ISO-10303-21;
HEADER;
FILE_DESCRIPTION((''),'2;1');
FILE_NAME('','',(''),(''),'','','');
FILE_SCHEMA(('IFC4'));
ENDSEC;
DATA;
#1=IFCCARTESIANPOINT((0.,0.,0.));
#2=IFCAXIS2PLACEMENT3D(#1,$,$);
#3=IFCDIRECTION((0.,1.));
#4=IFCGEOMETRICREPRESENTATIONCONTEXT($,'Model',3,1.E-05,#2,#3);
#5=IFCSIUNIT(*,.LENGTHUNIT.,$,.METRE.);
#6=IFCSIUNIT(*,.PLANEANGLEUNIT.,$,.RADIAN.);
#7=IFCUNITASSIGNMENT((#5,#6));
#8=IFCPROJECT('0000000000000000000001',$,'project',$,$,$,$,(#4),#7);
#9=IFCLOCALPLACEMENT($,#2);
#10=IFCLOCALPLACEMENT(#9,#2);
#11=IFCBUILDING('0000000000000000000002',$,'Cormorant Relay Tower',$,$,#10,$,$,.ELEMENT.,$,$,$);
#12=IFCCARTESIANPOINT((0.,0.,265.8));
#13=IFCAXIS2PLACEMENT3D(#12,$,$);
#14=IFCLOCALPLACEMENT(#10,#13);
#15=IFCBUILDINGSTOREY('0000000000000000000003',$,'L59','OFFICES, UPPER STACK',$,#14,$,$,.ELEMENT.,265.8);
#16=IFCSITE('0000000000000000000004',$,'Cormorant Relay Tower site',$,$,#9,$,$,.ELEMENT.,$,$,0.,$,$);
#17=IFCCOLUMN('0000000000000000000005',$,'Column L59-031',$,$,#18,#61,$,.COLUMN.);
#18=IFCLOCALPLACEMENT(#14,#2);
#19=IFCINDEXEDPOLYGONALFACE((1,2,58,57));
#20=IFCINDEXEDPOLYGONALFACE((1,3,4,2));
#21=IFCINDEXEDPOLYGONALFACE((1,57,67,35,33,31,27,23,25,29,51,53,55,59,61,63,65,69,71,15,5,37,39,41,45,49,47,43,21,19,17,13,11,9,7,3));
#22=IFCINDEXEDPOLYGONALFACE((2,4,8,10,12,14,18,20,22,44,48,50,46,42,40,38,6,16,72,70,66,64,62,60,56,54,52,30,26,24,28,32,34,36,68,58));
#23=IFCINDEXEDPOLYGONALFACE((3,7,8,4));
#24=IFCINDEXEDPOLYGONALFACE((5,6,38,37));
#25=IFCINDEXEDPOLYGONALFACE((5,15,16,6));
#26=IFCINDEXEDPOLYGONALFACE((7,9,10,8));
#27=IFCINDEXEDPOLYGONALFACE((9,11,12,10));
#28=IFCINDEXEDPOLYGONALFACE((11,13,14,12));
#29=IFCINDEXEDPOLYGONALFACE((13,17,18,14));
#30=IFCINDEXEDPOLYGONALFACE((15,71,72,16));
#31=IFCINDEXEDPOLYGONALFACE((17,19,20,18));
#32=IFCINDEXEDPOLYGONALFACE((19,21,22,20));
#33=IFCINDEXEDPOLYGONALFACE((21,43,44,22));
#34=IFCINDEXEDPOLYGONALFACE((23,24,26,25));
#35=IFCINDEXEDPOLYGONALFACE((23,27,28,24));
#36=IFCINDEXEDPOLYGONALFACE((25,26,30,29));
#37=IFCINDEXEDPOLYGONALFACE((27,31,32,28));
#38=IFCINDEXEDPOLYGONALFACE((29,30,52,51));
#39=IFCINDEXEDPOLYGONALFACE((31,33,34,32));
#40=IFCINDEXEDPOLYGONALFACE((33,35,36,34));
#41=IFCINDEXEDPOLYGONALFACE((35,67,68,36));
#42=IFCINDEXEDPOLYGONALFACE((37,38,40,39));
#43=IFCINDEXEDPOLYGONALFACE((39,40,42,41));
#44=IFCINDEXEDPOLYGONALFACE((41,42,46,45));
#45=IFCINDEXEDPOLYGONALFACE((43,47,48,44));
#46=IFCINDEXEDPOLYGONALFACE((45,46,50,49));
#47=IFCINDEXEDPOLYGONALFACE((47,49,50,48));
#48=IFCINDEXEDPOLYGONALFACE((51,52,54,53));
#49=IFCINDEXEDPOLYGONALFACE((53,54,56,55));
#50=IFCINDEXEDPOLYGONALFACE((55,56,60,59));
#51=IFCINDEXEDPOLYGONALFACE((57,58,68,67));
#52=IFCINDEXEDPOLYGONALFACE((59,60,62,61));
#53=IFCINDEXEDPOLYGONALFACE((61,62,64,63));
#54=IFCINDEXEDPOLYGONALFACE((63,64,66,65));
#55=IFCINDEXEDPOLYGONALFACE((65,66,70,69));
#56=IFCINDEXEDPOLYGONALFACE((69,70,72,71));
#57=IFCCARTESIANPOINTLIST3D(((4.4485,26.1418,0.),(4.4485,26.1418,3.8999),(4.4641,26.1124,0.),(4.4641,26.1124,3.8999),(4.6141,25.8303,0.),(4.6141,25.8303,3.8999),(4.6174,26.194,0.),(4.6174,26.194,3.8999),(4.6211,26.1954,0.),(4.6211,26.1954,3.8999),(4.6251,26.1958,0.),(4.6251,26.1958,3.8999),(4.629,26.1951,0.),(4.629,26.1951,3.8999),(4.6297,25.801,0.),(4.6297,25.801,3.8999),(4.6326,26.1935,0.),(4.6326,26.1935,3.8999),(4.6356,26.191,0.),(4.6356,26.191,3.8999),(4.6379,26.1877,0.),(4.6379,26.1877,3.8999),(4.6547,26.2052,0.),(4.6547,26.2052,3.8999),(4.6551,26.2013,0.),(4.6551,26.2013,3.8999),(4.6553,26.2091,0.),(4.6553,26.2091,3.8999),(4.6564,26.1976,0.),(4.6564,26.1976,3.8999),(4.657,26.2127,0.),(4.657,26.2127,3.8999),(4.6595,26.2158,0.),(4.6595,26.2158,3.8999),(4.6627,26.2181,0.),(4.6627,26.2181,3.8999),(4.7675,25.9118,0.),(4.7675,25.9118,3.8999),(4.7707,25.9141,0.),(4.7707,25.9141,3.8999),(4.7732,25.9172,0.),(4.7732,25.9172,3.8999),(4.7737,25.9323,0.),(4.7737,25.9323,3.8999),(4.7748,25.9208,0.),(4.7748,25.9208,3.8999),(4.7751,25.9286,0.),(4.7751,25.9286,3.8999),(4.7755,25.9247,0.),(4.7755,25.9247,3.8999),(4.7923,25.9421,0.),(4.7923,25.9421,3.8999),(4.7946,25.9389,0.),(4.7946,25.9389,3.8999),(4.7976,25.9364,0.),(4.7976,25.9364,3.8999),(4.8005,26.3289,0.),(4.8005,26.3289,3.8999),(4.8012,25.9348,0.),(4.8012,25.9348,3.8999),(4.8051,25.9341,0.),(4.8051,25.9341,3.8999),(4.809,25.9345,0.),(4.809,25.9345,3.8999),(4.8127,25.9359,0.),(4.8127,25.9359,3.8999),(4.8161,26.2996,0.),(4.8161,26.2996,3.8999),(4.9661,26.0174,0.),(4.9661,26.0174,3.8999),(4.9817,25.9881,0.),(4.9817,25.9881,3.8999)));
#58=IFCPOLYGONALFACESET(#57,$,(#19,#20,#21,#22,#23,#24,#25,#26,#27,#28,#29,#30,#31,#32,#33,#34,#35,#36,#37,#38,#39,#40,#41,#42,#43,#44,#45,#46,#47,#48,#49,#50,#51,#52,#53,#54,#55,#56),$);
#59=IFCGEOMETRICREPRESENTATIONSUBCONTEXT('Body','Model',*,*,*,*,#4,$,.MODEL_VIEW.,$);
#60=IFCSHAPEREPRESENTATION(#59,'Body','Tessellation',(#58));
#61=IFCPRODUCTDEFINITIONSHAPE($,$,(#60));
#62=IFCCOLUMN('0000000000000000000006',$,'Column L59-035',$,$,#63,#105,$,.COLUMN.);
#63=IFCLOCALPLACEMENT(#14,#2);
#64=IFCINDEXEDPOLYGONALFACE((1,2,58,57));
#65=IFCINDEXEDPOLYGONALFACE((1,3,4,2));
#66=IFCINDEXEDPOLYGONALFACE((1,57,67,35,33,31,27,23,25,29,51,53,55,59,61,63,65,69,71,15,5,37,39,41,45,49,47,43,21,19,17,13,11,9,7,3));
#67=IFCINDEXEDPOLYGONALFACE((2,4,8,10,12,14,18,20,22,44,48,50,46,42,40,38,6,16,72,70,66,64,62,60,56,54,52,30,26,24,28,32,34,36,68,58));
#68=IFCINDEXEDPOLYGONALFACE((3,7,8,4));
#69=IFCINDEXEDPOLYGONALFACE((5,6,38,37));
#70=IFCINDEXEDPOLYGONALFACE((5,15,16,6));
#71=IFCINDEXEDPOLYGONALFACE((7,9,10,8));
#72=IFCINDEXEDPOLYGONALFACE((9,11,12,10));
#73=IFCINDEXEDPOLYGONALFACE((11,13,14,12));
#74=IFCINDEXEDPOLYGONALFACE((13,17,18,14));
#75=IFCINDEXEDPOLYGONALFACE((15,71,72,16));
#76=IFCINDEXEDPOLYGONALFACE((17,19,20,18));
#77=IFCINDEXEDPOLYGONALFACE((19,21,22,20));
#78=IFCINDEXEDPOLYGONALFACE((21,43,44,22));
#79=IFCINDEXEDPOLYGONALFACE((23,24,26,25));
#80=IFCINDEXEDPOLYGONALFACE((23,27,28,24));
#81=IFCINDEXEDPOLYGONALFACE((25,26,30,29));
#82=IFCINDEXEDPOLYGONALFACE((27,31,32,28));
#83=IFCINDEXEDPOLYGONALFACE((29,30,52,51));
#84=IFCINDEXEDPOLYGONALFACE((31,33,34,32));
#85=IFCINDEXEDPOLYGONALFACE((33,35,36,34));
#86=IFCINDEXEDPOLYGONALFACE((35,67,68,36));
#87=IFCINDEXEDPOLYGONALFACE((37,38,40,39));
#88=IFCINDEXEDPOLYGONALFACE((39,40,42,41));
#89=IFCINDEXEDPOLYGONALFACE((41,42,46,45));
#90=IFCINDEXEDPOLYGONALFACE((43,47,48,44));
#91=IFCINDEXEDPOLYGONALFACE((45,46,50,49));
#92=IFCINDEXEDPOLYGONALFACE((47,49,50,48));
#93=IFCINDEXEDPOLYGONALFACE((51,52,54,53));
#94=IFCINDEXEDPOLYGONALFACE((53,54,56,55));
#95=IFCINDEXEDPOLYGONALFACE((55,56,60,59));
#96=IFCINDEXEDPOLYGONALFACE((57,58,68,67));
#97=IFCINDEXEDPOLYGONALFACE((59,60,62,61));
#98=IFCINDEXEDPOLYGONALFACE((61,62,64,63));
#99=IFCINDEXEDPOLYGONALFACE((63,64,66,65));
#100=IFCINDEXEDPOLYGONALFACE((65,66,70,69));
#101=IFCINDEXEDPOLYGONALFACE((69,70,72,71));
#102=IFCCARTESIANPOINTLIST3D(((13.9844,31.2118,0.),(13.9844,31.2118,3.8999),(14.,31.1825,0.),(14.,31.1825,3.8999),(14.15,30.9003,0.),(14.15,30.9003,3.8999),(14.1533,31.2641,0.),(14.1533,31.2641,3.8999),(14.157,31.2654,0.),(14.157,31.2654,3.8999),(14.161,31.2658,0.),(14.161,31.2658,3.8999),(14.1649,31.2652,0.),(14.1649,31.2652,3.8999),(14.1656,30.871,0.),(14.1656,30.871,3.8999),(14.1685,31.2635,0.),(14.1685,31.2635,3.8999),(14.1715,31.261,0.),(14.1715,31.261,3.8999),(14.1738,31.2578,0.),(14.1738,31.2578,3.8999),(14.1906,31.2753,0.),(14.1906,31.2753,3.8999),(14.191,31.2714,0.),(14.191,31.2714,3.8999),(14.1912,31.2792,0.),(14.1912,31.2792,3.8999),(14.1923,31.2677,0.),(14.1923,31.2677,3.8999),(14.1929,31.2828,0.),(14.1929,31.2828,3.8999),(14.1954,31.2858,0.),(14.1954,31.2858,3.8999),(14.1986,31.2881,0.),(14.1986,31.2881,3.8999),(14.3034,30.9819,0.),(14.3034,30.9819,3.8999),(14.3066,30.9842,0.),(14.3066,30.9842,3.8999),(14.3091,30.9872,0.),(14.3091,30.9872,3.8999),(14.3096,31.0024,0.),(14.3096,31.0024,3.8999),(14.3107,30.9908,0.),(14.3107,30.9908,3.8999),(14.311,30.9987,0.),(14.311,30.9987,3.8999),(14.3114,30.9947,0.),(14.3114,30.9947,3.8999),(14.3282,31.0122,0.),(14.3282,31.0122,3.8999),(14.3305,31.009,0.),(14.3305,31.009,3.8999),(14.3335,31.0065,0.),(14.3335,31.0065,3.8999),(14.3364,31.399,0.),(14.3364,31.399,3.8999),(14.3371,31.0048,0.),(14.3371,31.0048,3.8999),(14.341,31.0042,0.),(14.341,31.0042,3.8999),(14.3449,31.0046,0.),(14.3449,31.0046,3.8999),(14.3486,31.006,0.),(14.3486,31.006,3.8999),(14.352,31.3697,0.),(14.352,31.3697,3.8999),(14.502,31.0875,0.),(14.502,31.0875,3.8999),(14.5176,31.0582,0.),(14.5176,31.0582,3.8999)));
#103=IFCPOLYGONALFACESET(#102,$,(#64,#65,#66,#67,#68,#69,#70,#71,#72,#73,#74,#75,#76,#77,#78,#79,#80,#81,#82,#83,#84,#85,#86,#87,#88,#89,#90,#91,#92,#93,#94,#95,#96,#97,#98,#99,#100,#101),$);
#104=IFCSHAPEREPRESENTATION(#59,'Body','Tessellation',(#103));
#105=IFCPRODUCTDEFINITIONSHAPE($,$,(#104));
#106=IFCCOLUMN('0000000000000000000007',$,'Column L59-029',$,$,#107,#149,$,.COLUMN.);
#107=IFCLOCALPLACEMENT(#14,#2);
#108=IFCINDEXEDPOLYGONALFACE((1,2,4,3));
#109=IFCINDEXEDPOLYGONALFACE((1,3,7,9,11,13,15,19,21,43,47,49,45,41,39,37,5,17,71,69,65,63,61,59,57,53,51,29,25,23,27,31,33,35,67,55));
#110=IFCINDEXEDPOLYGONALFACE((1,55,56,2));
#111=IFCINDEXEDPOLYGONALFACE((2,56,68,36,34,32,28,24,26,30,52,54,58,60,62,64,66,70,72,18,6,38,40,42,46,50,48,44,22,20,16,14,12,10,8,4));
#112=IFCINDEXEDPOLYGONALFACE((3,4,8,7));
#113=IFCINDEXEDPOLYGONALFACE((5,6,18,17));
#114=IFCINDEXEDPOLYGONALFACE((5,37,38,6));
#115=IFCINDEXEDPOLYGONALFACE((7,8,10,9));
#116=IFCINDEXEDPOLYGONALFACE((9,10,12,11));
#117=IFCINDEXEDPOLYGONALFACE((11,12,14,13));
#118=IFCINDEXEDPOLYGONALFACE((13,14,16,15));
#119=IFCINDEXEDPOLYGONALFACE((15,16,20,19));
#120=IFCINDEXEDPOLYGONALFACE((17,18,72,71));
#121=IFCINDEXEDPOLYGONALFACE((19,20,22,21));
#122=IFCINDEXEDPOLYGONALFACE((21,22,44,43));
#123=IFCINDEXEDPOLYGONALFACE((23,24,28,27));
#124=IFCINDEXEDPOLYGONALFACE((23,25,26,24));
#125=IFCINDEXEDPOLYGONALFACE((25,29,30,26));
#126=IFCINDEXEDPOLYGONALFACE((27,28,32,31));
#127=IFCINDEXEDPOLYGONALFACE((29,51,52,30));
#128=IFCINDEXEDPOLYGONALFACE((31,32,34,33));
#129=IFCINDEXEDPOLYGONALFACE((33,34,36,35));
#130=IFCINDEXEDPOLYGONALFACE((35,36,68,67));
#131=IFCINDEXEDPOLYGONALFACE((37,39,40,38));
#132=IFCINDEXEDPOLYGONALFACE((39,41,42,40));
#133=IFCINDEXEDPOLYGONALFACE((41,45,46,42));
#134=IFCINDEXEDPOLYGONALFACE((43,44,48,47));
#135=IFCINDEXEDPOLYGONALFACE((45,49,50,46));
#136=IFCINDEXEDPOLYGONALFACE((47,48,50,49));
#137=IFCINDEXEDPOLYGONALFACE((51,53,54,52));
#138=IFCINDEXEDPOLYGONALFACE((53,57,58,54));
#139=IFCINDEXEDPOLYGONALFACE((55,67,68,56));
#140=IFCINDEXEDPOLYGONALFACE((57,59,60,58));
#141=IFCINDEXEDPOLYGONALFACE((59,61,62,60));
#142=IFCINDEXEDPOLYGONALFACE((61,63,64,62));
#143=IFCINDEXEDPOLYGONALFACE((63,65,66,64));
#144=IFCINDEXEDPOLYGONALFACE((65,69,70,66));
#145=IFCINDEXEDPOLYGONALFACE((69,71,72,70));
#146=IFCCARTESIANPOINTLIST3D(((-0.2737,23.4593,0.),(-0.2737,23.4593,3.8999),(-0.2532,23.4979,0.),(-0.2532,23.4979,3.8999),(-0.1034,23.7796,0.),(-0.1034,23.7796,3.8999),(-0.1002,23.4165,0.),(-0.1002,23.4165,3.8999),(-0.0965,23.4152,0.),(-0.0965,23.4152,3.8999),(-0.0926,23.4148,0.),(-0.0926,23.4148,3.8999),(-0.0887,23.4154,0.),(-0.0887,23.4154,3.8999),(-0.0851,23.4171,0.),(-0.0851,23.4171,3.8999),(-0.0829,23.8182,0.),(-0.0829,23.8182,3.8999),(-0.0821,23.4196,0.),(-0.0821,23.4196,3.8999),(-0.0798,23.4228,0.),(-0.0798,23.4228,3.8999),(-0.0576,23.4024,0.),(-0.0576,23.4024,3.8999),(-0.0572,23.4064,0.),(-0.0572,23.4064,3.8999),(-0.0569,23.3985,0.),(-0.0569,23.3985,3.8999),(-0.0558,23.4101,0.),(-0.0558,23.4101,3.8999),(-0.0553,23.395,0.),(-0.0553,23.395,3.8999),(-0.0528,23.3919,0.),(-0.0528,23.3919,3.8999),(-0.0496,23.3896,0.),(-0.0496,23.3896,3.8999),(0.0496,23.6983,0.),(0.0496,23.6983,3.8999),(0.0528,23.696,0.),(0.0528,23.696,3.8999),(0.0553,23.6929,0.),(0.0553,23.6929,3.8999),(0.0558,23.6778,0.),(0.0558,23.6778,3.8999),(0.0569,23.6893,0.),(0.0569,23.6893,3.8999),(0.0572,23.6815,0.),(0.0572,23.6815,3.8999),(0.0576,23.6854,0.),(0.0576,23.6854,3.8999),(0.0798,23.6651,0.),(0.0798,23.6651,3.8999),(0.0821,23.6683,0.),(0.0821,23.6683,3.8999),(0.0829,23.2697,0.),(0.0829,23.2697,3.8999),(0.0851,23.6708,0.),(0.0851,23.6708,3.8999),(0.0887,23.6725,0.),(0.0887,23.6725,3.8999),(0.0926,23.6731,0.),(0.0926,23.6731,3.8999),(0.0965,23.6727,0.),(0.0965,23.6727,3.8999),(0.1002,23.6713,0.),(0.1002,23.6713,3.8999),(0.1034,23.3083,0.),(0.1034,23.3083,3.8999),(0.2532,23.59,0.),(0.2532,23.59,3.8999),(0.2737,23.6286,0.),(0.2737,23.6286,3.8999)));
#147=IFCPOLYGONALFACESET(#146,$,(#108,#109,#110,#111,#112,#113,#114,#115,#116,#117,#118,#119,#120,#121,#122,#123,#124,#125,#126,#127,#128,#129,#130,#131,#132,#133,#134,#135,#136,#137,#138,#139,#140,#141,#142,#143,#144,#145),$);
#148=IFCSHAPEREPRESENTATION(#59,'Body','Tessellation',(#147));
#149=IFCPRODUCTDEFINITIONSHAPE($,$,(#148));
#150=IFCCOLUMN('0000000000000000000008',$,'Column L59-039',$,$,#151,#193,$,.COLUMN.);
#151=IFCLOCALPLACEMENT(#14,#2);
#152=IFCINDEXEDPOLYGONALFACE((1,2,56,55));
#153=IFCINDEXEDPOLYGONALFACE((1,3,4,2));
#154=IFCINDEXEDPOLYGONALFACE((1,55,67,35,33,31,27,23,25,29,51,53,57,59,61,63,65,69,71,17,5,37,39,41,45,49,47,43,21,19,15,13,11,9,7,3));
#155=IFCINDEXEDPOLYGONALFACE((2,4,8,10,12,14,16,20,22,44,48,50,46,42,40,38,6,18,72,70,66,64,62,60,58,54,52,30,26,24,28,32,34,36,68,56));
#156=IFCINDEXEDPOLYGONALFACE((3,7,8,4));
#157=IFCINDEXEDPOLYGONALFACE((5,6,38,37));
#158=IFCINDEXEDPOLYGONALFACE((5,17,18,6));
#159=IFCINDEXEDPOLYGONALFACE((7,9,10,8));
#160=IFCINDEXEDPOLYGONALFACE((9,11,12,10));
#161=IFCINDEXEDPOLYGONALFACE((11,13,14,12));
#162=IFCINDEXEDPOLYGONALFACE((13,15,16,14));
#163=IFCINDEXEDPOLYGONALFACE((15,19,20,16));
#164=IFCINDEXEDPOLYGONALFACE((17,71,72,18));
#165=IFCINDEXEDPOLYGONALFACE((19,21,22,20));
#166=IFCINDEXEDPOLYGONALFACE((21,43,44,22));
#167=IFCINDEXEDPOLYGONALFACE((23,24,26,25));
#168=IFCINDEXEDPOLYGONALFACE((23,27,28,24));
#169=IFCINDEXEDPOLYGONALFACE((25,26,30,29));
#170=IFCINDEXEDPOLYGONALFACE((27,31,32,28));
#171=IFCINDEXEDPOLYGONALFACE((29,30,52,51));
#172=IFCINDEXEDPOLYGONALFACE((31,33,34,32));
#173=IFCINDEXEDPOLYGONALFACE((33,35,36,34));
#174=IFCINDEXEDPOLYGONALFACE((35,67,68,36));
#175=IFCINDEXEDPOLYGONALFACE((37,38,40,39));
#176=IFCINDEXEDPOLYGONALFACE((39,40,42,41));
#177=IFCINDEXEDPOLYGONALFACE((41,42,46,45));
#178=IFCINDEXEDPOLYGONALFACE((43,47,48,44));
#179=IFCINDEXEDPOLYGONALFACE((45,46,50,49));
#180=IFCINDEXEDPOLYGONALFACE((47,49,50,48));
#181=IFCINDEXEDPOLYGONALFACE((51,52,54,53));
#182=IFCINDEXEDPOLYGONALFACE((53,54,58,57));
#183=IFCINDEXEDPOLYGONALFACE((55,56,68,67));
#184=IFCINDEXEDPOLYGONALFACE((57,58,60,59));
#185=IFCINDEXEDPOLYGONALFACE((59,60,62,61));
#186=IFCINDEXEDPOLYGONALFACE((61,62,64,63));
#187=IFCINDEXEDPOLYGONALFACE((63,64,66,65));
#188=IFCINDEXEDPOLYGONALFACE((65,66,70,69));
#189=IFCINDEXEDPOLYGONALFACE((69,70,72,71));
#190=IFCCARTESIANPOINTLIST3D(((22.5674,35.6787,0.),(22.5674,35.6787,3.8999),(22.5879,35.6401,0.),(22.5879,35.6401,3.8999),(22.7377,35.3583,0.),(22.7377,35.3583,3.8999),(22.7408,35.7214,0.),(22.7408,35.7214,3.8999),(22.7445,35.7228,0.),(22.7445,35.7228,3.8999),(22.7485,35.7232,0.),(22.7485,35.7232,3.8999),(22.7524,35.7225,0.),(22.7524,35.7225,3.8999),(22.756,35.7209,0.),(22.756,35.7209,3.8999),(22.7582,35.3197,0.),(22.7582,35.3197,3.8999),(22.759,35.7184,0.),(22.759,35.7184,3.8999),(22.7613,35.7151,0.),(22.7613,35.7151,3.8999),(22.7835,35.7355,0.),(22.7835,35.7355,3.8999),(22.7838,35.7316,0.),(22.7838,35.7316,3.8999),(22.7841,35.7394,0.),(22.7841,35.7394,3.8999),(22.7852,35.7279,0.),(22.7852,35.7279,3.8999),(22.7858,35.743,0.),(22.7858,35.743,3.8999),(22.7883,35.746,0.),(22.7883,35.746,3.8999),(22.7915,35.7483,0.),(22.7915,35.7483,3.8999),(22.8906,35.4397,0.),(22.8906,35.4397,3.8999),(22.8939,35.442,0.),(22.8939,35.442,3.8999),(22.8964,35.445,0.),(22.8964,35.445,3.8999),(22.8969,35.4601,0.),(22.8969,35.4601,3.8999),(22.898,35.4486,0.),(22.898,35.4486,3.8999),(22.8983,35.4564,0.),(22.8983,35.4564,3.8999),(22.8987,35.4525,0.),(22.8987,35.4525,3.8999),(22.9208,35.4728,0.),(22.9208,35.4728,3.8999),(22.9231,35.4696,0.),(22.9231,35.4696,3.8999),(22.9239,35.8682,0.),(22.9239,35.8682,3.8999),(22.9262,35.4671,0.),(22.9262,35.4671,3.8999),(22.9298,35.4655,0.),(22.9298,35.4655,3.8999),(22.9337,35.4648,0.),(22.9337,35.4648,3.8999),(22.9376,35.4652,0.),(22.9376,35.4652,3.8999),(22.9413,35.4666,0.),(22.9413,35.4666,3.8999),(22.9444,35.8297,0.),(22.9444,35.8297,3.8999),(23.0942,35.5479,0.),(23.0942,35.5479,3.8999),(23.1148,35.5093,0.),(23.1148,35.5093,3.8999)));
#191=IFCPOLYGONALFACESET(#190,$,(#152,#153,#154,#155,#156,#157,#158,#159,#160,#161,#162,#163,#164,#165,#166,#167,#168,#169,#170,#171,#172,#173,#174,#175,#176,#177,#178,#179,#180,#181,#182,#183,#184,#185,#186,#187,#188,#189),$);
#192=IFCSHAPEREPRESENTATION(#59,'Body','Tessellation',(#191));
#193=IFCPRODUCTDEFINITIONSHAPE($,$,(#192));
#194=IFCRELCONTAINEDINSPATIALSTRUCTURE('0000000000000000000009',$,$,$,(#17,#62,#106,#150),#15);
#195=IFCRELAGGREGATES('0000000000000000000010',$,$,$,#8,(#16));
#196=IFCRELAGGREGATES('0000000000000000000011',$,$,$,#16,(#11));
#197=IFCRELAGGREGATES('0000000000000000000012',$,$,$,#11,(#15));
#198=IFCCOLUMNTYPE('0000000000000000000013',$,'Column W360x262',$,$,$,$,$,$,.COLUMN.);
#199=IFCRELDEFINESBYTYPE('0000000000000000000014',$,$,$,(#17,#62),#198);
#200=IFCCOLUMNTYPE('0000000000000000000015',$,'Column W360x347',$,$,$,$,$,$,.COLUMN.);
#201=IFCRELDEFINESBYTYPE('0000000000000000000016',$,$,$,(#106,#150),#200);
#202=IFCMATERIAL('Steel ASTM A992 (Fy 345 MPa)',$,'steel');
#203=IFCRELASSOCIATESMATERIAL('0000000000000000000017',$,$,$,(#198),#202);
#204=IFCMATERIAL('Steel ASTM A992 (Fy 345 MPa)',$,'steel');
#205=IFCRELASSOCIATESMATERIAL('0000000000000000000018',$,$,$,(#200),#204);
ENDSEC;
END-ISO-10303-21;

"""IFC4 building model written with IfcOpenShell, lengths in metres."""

from ifc_helpers import new_model, si_unit, direction, frame, origin, origin_2d, place, context, subcontext, project, spatial, i_section, extrude, material, material_profile, profile_set, type_object, element, save


model = new_model("IFC4")

# Units and contexts
model_context = context("Model", 3, precision=1e-05, world=origin(), true_north=direction((0.0, 1.0)))
body_context = subcontext(model_context, "Body", "Model", "MODEL_VIEW")
ifc_project = project(units=[si_unit("LENGTHUNIT", "METRE"), si_unit("PLANEANGLEUNIT", "RADIAN")], contexts=[model_context])

# Site, building, storey
site_placement = place(None, origin())
site = spatial("IfcSite", under=ifc_project, at=site_placement, Name="Cormorant Relay Tower site", CompositionType="ELEMENT", RefElevation=0.0)
building_placement = place(site_placement, origin())
building = spatial("IfcBuilding", under=site, at=building_placement, Name="Cormorant Relay Tower", CompositionType="ELEMENT")
storey_placement = place(building_placement, frame((0.0, 0.0, 265.8)))
storey = spatial("IfcBuildingStorey", under=building, at=storey_placement, Name="L59", Description="OFFICES, UPPER STACK", CompositionType="ELEMENT", Elevation=265.8)

# Columns
ifc_material_1 = material(Name="Steel ASTM A992 (Fy 345 MPa)", Category="steel")
ifc_material_profile_1 = material_profile(ifc_material_1, i_section(OverallWidth=0.3987, OverallDepth=0.386, WebThickness=0.021, FlangeThickness=0.0332, FilletRadius=0.0151, at=origin_2d()), Name="W360x262")
ifc_profile_set_1 = profile_set([ifc_material_profile_1], Name="Steel ASTM A992 (Fy 345 MPa)")
column_type_1 = type_object("IfcColumnType", Name="Column W360x262", PredefinedType="COLUMN", material=ifc_profile_set_1)
for number, where, z_axis, x_axis, name in (
    (1, (4.7151, 26.0649, 0.0), (0.0, 0.0, 1.0), (-0.882948, -0.469472, 0.0), "Column L59-031"),
    (2, (14.251, 31.135, 0.0), (0.0, 0.0, 1.0), (-0.882948, -0.469472, 0.0), "Column L59-035"),
):
    element("IfcColumn", number, at=place(storey_placement, frame(where, z_axis=z_axis, x_axis=x_axis)), inside=storey, type_object=column_type_1, Name=name, PredefinedType="COLUMN", context=body_context, shape_type="SweptSolid", body=[
        extrude(i_section(OverallWidth=0.3987, OverallDepth=0.386, WebThickness=0.021, FlangeThickness=0.0332, FilletRadius=0.0151, at=origin_2d()), origin(), (0.0, 0.0, 1.0), 3.8999),
    ])
ifc_material_2 = material(Name="Steel ASTM A992 (Fy 345 MPa)", Category="steel")
ifc_material_profile_2 = material_profile(ifc_material_2, i_section(OverallWidth=0.4038, OverallDepth=0.4065, WebThickness=0.0271, FlangeThickness=0.0437, FilletRadius=0.0151, at=origin_2d()), Name="W360x347")
ifc_profile_set_2 = profile_set([ifc_material_profile_2], Name="Steel ASTM A992 (Fy 345 MPa)")
column_type_2 = type_object("IfcColumnType", Name="Column W360x347", PredefinedType="COLUMN", material=ifc_profile_set_2)
for number, where, z_axis, x_axis, name in (
    (3, (0.0, 23.5439, 0.0), (0.0, 0.0, 1.0), (-0.882948, 0.469472, 0.0), "Column L59-029"),
    (4, (22.8411, 35.594, 0.0), (0.0, 0.0, 1.0), (-0.882948, -0.469472, 0.0), "Column L59-039"),
):
    element("IfcColumn", number, at=place(storey_placement, frame(where, z_axis=z_axis, x_axis=x_axis)), inside=storey, type_object=column_type_2, Name=name, PredefinedType="COLUMN", context=body_context, shape_type="SweptSolid", body=[
        extrude(i_section(OverallWidth=0.4038, OverallDepth=0.4065, WebThickness=0.0271, FlangeThickness=0.0437, FilletRadius=0.0151, at=origin_2d()), origin(), (0.0, 0.0, 1.0), 3.8999),
    ])

save(model, "model.ifc")
